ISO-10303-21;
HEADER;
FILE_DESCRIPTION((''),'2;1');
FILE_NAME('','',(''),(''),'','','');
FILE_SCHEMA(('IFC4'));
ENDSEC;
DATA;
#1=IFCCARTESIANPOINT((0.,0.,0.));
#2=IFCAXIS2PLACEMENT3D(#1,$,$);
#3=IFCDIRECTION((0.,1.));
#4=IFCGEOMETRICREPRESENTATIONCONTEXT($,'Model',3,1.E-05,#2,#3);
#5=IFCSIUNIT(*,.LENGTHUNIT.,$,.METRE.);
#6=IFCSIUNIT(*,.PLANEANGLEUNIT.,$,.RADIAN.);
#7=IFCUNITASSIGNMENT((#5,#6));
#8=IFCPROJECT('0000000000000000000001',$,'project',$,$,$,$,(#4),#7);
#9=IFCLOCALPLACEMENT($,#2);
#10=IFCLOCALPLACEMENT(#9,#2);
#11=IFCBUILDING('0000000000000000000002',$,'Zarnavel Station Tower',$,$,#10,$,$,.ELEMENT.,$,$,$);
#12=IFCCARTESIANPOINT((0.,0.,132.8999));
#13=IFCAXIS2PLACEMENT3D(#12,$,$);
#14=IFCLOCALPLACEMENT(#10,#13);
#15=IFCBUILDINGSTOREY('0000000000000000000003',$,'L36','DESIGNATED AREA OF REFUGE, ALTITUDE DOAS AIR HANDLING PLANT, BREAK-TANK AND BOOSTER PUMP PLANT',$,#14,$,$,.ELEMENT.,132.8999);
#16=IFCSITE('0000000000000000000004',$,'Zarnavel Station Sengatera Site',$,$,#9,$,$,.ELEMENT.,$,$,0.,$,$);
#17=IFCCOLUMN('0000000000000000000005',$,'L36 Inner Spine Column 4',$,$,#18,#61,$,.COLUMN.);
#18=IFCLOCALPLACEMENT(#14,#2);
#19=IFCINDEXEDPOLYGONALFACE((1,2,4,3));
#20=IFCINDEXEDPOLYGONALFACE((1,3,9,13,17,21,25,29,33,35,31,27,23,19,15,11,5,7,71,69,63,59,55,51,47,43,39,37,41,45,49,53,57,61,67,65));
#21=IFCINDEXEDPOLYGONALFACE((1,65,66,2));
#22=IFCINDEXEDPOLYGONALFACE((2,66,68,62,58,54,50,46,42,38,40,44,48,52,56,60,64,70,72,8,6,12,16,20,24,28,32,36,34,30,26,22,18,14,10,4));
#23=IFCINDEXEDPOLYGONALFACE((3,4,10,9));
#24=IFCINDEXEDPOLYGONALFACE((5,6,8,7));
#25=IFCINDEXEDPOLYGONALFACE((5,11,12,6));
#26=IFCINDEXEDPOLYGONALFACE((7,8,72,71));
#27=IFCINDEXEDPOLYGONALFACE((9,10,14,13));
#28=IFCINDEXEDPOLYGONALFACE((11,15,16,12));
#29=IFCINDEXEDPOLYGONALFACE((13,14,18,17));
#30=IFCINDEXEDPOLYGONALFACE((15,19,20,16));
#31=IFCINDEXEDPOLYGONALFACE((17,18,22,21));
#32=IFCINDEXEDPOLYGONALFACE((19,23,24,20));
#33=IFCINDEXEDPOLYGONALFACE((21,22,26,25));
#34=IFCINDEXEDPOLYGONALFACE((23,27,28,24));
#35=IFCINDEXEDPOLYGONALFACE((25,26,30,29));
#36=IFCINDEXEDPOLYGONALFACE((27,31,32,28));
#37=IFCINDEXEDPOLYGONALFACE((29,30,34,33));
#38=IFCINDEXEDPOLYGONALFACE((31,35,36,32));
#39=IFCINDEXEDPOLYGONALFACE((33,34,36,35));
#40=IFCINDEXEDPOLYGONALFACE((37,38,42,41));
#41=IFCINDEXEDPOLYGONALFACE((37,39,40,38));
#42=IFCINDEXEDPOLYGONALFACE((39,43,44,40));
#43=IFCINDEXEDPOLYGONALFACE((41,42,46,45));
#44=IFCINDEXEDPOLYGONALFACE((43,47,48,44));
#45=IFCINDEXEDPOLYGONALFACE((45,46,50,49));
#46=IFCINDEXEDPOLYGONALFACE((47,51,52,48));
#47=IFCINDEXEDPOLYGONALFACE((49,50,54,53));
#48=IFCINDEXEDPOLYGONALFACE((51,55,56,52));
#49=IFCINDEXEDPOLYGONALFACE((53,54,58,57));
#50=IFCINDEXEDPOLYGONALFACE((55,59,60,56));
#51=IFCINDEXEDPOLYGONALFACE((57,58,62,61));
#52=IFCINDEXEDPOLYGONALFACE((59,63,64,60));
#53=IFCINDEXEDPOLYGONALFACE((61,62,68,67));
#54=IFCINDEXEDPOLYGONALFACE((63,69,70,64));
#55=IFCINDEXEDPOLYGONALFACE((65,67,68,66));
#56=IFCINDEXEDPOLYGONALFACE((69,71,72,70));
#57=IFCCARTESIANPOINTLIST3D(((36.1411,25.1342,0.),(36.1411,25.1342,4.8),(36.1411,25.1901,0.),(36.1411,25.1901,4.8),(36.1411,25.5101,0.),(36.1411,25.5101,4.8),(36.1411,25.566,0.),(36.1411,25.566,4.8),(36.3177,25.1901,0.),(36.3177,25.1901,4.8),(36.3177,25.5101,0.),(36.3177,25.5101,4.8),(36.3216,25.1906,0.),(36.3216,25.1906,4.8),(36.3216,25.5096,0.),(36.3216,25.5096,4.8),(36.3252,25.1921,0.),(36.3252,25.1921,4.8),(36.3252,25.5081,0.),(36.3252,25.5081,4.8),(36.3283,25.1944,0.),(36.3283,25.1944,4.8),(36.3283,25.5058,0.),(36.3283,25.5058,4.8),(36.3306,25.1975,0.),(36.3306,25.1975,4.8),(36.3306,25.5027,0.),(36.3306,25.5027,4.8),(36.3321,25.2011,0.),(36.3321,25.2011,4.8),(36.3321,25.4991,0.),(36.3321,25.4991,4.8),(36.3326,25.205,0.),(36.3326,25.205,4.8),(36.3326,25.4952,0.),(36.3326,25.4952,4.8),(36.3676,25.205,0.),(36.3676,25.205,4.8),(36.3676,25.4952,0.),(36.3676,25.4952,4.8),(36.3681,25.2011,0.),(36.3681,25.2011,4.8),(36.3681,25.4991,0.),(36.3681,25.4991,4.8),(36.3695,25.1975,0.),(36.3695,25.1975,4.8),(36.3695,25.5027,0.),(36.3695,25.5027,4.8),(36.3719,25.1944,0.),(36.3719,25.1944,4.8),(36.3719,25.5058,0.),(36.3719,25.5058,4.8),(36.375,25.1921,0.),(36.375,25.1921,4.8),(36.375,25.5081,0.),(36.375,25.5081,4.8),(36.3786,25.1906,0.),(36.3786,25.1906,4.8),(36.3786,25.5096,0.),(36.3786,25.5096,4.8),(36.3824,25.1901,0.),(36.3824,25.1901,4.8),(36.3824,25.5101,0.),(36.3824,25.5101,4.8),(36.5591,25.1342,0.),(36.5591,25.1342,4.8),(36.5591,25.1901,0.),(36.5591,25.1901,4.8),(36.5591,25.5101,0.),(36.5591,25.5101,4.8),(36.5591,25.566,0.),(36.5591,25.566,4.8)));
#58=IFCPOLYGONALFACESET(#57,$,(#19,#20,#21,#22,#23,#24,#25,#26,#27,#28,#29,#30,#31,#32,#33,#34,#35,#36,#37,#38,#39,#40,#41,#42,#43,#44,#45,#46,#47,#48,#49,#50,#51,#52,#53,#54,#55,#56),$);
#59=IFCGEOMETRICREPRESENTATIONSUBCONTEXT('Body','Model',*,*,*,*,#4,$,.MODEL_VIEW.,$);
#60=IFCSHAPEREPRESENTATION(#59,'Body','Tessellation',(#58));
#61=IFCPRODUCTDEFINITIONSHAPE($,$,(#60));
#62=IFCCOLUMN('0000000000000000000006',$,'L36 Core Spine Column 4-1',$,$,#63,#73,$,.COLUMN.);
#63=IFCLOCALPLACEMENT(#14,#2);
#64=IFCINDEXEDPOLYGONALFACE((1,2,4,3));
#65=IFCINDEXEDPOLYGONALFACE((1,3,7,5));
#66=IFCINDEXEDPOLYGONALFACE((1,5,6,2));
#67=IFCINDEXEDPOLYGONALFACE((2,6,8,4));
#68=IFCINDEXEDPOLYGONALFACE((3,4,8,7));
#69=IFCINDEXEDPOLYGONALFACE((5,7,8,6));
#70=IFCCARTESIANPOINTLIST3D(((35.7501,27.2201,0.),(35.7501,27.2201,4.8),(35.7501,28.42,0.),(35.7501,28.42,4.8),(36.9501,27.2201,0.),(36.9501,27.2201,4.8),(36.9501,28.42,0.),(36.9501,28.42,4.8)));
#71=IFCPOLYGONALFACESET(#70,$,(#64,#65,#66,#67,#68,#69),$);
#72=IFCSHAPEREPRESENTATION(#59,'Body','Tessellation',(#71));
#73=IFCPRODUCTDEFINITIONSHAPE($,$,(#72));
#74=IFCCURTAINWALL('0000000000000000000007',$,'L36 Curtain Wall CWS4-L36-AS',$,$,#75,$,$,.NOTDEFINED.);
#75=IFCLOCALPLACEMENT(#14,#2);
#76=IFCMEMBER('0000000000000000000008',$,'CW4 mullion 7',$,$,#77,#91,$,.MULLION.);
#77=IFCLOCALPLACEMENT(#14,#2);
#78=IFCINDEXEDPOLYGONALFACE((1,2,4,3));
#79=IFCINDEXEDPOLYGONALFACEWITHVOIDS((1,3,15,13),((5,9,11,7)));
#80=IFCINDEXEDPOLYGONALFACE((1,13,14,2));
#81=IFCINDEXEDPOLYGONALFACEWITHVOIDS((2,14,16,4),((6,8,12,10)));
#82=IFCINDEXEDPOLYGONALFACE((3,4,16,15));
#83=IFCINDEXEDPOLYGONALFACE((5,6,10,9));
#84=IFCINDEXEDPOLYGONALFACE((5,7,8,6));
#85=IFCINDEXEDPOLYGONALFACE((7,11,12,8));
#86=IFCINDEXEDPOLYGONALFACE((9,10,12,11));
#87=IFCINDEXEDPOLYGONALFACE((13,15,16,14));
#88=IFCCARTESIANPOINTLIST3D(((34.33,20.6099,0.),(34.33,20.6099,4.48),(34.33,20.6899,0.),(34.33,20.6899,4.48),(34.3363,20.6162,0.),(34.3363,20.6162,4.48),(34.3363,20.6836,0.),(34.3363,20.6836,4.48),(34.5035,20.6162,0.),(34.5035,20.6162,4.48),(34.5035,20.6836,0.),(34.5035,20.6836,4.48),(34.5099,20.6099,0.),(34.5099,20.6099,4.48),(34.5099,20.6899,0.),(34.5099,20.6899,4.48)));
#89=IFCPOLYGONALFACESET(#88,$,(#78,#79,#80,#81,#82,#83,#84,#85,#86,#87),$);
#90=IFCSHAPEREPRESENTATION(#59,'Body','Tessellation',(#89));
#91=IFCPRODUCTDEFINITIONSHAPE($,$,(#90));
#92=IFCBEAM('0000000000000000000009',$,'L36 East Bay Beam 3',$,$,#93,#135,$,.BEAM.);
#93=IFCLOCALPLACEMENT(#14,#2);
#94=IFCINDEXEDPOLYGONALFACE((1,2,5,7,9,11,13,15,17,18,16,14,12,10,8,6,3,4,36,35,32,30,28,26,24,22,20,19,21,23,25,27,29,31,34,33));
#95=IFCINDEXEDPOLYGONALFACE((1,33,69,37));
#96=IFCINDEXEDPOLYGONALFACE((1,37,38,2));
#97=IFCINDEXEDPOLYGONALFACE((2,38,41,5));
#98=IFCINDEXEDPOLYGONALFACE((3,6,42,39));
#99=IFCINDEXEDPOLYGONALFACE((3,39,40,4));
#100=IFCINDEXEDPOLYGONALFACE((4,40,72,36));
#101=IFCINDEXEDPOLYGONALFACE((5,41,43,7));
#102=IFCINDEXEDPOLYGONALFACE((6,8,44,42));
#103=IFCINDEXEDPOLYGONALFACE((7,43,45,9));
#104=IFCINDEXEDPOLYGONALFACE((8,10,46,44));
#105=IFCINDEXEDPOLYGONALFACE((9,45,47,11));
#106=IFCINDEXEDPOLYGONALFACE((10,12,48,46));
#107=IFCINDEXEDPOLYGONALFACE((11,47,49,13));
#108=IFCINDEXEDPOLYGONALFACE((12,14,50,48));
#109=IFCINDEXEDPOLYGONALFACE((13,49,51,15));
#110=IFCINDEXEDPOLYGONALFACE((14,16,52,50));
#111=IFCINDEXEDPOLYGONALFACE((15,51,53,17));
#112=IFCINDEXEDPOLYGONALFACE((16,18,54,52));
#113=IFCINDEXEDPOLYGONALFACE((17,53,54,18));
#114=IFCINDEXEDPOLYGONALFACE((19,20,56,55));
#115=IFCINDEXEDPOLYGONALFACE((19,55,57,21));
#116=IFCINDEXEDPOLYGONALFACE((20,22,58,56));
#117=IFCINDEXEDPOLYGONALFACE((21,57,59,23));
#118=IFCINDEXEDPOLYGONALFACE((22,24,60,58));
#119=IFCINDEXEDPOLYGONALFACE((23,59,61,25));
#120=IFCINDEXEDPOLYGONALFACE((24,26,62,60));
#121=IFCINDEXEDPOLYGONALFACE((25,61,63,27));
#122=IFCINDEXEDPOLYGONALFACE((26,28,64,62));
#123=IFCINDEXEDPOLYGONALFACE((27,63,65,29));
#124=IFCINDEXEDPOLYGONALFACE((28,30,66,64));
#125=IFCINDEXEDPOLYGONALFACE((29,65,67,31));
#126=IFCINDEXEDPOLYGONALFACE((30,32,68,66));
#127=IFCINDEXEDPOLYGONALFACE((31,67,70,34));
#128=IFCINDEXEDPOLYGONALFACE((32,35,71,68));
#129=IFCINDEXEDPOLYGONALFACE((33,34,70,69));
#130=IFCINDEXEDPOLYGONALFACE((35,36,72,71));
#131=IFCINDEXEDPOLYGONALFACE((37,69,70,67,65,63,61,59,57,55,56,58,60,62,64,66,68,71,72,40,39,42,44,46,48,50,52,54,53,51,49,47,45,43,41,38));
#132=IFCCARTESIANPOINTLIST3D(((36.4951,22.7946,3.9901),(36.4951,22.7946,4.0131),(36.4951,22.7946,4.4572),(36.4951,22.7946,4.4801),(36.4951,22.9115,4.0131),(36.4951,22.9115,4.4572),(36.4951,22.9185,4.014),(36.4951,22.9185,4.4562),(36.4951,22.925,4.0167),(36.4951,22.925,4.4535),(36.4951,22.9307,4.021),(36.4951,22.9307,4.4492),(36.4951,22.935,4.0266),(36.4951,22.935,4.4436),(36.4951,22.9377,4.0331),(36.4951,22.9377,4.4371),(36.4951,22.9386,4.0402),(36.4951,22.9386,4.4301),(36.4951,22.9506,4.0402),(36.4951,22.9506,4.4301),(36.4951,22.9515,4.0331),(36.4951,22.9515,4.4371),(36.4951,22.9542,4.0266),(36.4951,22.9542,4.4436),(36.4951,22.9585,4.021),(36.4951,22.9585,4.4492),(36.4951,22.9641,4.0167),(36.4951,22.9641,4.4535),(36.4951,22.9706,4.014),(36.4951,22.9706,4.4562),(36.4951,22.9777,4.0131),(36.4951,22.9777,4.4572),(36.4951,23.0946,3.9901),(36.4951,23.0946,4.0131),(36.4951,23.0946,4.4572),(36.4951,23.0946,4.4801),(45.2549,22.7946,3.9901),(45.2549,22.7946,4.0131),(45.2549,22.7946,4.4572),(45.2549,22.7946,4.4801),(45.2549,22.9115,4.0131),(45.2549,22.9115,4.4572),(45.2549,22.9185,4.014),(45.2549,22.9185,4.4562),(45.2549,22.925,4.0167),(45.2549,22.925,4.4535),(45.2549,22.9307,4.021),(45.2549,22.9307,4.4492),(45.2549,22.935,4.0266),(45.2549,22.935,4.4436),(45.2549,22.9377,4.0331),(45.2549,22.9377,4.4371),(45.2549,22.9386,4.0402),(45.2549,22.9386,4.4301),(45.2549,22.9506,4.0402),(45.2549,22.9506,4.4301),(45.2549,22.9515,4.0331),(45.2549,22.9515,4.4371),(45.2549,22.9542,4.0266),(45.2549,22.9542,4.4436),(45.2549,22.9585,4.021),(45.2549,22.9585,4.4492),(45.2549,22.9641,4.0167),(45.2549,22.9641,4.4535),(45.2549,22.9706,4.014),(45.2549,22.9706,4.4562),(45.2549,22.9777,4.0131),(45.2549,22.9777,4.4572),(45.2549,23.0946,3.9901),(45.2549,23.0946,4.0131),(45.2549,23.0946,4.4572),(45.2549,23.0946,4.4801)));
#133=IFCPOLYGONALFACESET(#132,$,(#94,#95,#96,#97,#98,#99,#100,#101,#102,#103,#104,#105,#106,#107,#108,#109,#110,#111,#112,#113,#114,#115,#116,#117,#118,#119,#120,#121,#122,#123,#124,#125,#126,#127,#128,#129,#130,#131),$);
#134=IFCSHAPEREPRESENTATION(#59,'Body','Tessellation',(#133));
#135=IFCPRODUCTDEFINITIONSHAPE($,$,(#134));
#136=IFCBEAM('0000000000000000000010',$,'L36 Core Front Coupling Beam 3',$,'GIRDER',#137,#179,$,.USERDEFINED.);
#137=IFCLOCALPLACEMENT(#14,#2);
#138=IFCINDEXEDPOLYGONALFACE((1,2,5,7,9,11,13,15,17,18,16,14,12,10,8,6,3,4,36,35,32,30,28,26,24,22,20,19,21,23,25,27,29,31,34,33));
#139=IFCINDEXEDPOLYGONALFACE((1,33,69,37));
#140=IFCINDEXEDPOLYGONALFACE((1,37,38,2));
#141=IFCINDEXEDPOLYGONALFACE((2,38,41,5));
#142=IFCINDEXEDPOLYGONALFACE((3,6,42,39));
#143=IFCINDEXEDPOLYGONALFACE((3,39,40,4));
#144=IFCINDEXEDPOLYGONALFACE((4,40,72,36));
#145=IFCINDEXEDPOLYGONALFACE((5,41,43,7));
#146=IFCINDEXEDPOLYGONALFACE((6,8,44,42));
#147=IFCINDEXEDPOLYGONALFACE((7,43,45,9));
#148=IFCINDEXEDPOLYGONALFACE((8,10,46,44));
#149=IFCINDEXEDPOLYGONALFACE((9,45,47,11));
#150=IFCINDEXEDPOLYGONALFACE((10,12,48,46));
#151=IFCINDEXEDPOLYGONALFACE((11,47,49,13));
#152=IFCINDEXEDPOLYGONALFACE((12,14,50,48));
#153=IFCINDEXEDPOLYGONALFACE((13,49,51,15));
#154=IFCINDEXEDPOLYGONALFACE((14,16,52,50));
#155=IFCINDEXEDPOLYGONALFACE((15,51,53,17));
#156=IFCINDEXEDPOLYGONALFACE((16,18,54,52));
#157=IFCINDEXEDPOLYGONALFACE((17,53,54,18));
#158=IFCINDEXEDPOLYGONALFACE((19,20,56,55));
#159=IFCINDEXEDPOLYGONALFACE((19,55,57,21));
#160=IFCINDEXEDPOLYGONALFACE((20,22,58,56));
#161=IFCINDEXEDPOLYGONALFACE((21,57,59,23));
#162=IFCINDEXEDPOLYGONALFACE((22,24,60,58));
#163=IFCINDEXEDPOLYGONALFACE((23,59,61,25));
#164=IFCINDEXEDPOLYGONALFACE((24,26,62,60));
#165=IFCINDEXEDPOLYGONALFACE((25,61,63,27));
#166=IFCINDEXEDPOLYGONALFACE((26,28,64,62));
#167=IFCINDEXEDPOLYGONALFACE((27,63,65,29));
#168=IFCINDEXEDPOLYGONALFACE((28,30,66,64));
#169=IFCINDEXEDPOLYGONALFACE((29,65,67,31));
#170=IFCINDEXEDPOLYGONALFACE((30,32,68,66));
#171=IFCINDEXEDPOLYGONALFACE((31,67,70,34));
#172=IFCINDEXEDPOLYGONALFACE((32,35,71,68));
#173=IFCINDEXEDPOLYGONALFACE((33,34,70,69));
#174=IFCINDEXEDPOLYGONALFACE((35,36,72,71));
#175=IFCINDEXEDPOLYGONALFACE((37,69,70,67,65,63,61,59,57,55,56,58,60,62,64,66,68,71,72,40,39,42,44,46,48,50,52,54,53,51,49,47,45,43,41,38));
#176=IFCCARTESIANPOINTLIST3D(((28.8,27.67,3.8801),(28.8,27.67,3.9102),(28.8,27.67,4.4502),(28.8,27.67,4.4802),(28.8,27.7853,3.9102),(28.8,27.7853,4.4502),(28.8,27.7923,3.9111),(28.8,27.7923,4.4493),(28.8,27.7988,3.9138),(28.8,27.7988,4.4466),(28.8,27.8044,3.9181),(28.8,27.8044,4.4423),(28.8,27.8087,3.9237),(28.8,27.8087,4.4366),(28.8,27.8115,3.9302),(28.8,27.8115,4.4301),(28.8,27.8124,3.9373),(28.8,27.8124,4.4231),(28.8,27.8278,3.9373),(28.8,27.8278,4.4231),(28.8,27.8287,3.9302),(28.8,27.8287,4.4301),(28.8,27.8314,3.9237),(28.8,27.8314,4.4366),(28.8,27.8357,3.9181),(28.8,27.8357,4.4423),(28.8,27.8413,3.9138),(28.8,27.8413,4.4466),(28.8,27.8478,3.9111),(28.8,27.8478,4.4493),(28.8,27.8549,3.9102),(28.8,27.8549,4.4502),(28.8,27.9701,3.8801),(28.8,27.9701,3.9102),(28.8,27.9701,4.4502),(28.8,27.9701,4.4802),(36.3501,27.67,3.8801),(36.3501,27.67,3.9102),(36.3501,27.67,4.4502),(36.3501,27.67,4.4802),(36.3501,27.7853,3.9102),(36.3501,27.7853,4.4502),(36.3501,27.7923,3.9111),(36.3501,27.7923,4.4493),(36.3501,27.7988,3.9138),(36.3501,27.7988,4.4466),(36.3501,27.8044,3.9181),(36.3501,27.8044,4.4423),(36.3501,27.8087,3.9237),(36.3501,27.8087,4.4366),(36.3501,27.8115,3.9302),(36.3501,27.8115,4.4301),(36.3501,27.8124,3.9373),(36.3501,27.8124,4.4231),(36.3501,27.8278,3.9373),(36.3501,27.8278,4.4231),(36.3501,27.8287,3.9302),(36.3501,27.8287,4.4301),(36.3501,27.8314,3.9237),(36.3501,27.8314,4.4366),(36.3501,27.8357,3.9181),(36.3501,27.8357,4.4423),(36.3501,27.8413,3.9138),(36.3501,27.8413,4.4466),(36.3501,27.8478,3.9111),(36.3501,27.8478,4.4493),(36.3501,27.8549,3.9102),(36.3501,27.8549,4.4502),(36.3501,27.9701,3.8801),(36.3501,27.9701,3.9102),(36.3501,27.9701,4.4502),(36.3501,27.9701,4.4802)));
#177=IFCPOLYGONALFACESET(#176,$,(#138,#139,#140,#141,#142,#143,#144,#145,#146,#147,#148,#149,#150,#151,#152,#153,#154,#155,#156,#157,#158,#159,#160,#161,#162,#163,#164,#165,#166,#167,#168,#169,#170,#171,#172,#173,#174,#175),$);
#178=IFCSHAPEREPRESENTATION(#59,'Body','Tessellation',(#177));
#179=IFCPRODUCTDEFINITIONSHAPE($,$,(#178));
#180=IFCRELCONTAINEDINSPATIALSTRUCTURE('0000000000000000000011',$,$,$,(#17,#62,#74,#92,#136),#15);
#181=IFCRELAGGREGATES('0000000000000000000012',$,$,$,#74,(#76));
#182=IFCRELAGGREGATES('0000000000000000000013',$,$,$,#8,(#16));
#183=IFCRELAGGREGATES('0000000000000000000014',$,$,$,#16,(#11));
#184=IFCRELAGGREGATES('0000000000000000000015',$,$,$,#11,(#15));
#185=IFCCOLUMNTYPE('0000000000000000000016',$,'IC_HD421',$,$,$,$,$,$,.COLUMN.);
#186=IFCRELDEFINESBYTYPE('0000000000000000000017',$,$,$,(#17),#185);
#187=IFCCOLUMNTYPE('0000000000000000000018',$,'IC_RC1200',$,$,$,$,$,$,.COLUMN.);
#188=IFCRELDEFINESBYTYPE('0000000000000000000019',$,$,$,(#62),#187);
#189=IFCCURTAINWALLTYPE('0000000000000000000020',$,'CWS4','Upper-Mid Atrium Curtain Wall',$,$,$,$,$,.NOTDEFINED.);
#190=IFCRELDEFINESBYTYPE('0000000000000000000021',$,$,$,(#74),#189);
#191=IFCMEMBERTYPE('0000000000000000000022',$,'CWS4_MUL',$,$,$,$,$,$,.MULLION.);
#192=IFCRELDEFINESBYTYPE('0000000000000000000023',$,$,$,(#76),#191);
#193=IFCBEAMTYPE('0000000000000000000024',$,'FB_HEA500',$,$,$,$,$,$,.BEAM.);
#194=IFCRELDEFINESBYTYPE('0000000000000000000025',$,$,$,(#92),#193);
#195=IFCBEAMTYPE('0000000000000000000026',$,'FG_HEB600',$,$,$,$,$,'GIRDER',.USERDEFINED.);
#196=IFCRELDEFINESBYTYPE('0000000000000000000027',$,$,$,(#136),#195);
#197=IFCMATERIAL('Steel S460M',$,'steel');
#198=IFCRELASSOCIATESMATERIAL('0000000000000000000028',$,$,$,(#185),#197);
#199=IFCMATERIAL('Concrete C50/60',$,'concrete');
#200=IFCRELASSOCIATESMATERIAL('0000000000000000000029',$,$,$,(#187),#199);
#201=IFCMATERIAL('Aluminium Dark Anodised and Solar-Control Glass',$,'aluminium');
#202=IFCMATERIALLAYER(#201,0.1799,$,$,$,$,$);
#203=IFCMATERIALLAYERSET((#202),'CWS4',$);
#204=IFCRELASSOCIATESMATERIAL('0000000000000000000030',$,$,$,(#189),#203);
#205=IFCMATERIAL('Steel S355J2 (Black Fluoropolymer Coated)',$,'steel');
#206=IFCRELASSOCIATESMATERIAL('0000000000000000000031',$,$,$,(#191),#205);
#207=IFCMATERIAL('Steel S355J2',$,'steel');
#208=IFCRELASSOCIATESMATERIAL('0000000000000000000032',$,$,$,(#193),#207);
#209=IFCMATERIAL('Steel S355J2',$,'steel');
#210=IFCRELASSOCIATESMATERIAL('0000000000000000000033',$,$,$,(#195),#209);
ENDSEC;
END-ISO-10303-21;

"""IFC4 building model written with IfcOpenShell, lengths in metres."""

from ifc_helpers import new_model, si_unit, direction, frame, origin, origin_2d, place, context, subcontext, project, spatial, rectangle, hollow_rectangle, i_section, extrude, material, layer, layer_set, material_profile, profile_set, type_object, element, aggregate, save


model = new_model("IFC4")

# Units and contexts
model_context = context("Model", 3, precision=1e-05, world=origin(), true_north=direction((0.0, 1.0)))
body_context = subcontext(model_context, "Body", "Model", "MODEL_VIEW")
ifc_project = project(units=[si_unit("LENGTHUNIT", "METRE"), si_unit("PLANEANGLEUNIT", "RADIAN")], contexts=[model_context])

# Site, building, storey
site_placement = place(None, origin())
site = spatial("IfcSite", under=ifc_project, at=site_placement, Name="Zarnavel Station Sengatera Site", CompositionType="ELEMENT", RefElevation=0.0)
building_placement = place(site_placement, origin())
building = spatial("IfcBuilding", under=site, at=building_placement, Name="Zarnavel Station Tower", CompositionType="ELEMENT")
storey_placement = place(building_placement, frame((0.0, 0.0, 132.8999)))
storey = spatial("IfcBuildingStorey", under=building, at=storey_placement, Name="L36", Description="DESIGNATED AREA OF REFUGE, ALTITUDE DOAS AIR HANDLING PLANT, BREAK-TANK AND BOOSTER PUMP PLANT", CompositionType="ELEMENT", Elevation=132.8999)

# Columns
ifc_material_1 = material(Name="Steel S460M", Category="steel")
ifc_material_profile_1 = material_profile(ifc_material_1, i_section(OverallWidth=0.418, OverallDepth=0.4319, WebThickness=0.0349, FlangeThickness=0.0559, FilletRadius=0.0149, at=origin_2d()), Name="HD400x421")
ifc_profile_set_1 = profile_set([ifc_material_profile_1], Name="Steel S460M")
column_type_1 = type_object("IfcColumnType", Name="IC_HD421", PredefinedType="COLUMN", material=ifc_profile_set_1)
column_1_placement = place(storey_placement, frame((36.3501, 25.3501, 0.0), z_axis=(0.0, 0.0, 1.0), x_axis=(1.0, 0.0, 0.0)))
element("IfcColumn", 1, at=column_1_placement, inside=storey, type_object=column_type_1, Name="L36 Inner Spine Column 4", PredefinedType="COLUMN", context=body_context, shape_type="SweptSolid", body=[
    extrude(i_section(OverallWidth=0.418, OverallDepth=0.4319, WebThickness=0.0349, FlangeThickness=0.0559, FilletRadius=0.0149, at=origin_2d()), origin(), (0.0, 0.0, 1.0), 4.8),
])
ifc_material_2 = material(Name="Concrete C50/60", Category="concrete")
ifc_material_profile_2 = material_profile(ifc_material_2, rectangle(XDim=1.2, YDim=1.2, at=origin_2d()), Name="RC1200x1200")
ifc_profile_set_2 = profile_set([ifc_material_profile_2], Name="Concrete C50/60")
column_type_2 = type_object("IfcColumnType", Name="IC_RC1200", PredefinedType="COLUMN", material=ifc_profile_set_2)
column_2_placement = place(storey_placement, frame((36.3501, 27.8201, 0.0), z_axis=(0.0, 0.0, 1.0), x_axis=(1.0, 0.0, 0.0)))
element("IfcColumn", 2, at=column_2_placement, inside=storey, type_object=column_type_2, Name="L36 Core Spine Column 4-1", PredefinedType="COLUMN", context=body_context, shape_type="SweptSolid", body=[
    extrude(rectangle(XDim=1.2, YDim=1.2, at=origin_2d()), origin(), (0.0, 0.0, 1.0), 4.8),
])

# Curtain wall, member
ifc_material_3 = material(Name="Aluminium Dark Anodised and Solar-Control Glass", Category="aluminium")
ifc_layer_1 = layer(ifc_material_3, 0.1799)
ifc_layer_set_1 = layer_set([ifc_layer_1], Name="CWS4")
curtain_wall_type = type_object("IfcCurtainWallType", Name="CWS4", Description="Upper-Mid Atrium Curtain Wall", PredefinedType="NOTDEFINED", material=ifc_layer_set_1)
curtain_wall_placement = place(storey_placement, origin())
curtain_wall = element("IfcCurtainWall", 3, at=curtain_wall_placement, inside=storey, type_object=curtain_wall_type, Name="L36 Curtain Wall CWS4-L36-AS", PredefinedType="NOTDEFINED")
ifc_material_4 = material(Name="Steel S355J2 (Black Fluoropolymer Coated)", Category="steel")
ifc_material_profile_3 = material_profile(ifc_material_4, hollow_rectangle(XDim=0.0801, YDim=0.1799, WallThickness=0.0063, at=origin_2d()), Name="RHS180x80x6.3")
ifc_profile_set_3 = profile_set([ifc_material_profile_3], Name="Steel S355J2 (Black Fluoropolymer Coated)")
member_type_1 = type_object("IfcMemberType", Name="CWS4_MUL", PredefinedType="MULLION", material=ifc_profile_set_3)
member_1_placement = place(storey_placement, frame((34.4199, 20.6499, 0.0), z_axis=(0.0, 0.0, 1.0), x_axis=(0.0, 1.0, 0.0)))
member_1 = element("IfcMember", 4, at=member_1_placement, type_object=member_type_1, Name="CW4 mullion 7", PredefinedType="MULLION", context=body_context, shape_type="SweptSolid", body=[
    extrude(hollow_rectangle(XDim=0.0801, YDim=0.1799, WallThickness=0.0063, at=origin_2d()), origin(), (0.0, 0.0, 1.0), 4.48),
])

# Beams
ifc_material_5 = material(Name="Steel S355J2", Category="steel")
ifc_material_profile_4 = material_profile(ifc_material_5, i_section(OverallWidth=0.3, OverallDepth=0.49, WebThickness=0.012, FlangeThickness=0.0229, FilletRadius=0.0271, at=origin_2d()), Name="HEA500")
ifc_profile_set_4 = profile_set([ifc_material_profile_4], Name="Steel S355J2")
beam_type_1 = type_object("IfcBeamType", Name="FB_HEA500", PredefinedType="BEAM", material=ifc_profile_set_4)
beam_1_placement = place(storey_placement, frame((36.4951, 22.9446, 4.2351), z_axis=(1.0, 0.0, 0.0), x_axis=(0.0, 1.0, 0.0)))
element("IfcBeam", 5, at=beam_1_placement, inside=storey, type_object=beam_type_1, Name="L36 East Bay Beam 3", PredefinedType="BEAM", context=body_context, shape_type="SweptSolid", body=[
    extrude(i_section(OverallWidth=0.3, OverallDepth=0.49, WebThickness=0.012, FlangeThickness=0.0229, FilletRadius=0.0271, at=origin_2d()), origin(), (0.0, 0.0, 1.0), 8.7598),
])
ifc_material_6 = material(Name="Steel S355J2", Category="steel")
ifc_material_profile_5 = material_profile(ifc_material_6, i_section(OverallWidth=0.3, OverallDepth=0.6001, WebThickness=0.0154, FlangeThickness=0.03, FilletRadius=0.0271, at=origin_2d()), Name="HEB600")
ifc_profile_set_5 = profile_set([ifc_material_profile_5], Name="Steel S355J2")
beam_type_2 = type_object("IfcBeamType", Name="FG_HEB600", ElementType="GIRDER", PredefinedType="USERDEFINED", material=ifc_profile_set_5)
beam_2_placement = place(storey_placement, frame((28.8, 27.8201, 4.1802), z_axis=(1.0, 0.0, 0.0), x_axis=(0.0, 1.0, 0.0)))
element("IfcBeam", 6, at=beam_2_placement, inside=storey, type_object=beam_type_2, Name="L36 Core Front Coupling Beam 3", ObjectType="GIRDER", PredefinedType="USERDEFINED", context=body_context, shape_type="SweptSolid", body=[
    extrude(i_section(OverallWidth=0.3, OverallDepth=0.6001, WebThickness=0.0154, FlangeThickness=0.03, FilletRadius=0.0271, at=origin_2d()), origin(), (0.0, 0.0, 1.0), 7.55),
])

aggregate(curtain_wall, [member_1])

save(model, "model.ifc")
